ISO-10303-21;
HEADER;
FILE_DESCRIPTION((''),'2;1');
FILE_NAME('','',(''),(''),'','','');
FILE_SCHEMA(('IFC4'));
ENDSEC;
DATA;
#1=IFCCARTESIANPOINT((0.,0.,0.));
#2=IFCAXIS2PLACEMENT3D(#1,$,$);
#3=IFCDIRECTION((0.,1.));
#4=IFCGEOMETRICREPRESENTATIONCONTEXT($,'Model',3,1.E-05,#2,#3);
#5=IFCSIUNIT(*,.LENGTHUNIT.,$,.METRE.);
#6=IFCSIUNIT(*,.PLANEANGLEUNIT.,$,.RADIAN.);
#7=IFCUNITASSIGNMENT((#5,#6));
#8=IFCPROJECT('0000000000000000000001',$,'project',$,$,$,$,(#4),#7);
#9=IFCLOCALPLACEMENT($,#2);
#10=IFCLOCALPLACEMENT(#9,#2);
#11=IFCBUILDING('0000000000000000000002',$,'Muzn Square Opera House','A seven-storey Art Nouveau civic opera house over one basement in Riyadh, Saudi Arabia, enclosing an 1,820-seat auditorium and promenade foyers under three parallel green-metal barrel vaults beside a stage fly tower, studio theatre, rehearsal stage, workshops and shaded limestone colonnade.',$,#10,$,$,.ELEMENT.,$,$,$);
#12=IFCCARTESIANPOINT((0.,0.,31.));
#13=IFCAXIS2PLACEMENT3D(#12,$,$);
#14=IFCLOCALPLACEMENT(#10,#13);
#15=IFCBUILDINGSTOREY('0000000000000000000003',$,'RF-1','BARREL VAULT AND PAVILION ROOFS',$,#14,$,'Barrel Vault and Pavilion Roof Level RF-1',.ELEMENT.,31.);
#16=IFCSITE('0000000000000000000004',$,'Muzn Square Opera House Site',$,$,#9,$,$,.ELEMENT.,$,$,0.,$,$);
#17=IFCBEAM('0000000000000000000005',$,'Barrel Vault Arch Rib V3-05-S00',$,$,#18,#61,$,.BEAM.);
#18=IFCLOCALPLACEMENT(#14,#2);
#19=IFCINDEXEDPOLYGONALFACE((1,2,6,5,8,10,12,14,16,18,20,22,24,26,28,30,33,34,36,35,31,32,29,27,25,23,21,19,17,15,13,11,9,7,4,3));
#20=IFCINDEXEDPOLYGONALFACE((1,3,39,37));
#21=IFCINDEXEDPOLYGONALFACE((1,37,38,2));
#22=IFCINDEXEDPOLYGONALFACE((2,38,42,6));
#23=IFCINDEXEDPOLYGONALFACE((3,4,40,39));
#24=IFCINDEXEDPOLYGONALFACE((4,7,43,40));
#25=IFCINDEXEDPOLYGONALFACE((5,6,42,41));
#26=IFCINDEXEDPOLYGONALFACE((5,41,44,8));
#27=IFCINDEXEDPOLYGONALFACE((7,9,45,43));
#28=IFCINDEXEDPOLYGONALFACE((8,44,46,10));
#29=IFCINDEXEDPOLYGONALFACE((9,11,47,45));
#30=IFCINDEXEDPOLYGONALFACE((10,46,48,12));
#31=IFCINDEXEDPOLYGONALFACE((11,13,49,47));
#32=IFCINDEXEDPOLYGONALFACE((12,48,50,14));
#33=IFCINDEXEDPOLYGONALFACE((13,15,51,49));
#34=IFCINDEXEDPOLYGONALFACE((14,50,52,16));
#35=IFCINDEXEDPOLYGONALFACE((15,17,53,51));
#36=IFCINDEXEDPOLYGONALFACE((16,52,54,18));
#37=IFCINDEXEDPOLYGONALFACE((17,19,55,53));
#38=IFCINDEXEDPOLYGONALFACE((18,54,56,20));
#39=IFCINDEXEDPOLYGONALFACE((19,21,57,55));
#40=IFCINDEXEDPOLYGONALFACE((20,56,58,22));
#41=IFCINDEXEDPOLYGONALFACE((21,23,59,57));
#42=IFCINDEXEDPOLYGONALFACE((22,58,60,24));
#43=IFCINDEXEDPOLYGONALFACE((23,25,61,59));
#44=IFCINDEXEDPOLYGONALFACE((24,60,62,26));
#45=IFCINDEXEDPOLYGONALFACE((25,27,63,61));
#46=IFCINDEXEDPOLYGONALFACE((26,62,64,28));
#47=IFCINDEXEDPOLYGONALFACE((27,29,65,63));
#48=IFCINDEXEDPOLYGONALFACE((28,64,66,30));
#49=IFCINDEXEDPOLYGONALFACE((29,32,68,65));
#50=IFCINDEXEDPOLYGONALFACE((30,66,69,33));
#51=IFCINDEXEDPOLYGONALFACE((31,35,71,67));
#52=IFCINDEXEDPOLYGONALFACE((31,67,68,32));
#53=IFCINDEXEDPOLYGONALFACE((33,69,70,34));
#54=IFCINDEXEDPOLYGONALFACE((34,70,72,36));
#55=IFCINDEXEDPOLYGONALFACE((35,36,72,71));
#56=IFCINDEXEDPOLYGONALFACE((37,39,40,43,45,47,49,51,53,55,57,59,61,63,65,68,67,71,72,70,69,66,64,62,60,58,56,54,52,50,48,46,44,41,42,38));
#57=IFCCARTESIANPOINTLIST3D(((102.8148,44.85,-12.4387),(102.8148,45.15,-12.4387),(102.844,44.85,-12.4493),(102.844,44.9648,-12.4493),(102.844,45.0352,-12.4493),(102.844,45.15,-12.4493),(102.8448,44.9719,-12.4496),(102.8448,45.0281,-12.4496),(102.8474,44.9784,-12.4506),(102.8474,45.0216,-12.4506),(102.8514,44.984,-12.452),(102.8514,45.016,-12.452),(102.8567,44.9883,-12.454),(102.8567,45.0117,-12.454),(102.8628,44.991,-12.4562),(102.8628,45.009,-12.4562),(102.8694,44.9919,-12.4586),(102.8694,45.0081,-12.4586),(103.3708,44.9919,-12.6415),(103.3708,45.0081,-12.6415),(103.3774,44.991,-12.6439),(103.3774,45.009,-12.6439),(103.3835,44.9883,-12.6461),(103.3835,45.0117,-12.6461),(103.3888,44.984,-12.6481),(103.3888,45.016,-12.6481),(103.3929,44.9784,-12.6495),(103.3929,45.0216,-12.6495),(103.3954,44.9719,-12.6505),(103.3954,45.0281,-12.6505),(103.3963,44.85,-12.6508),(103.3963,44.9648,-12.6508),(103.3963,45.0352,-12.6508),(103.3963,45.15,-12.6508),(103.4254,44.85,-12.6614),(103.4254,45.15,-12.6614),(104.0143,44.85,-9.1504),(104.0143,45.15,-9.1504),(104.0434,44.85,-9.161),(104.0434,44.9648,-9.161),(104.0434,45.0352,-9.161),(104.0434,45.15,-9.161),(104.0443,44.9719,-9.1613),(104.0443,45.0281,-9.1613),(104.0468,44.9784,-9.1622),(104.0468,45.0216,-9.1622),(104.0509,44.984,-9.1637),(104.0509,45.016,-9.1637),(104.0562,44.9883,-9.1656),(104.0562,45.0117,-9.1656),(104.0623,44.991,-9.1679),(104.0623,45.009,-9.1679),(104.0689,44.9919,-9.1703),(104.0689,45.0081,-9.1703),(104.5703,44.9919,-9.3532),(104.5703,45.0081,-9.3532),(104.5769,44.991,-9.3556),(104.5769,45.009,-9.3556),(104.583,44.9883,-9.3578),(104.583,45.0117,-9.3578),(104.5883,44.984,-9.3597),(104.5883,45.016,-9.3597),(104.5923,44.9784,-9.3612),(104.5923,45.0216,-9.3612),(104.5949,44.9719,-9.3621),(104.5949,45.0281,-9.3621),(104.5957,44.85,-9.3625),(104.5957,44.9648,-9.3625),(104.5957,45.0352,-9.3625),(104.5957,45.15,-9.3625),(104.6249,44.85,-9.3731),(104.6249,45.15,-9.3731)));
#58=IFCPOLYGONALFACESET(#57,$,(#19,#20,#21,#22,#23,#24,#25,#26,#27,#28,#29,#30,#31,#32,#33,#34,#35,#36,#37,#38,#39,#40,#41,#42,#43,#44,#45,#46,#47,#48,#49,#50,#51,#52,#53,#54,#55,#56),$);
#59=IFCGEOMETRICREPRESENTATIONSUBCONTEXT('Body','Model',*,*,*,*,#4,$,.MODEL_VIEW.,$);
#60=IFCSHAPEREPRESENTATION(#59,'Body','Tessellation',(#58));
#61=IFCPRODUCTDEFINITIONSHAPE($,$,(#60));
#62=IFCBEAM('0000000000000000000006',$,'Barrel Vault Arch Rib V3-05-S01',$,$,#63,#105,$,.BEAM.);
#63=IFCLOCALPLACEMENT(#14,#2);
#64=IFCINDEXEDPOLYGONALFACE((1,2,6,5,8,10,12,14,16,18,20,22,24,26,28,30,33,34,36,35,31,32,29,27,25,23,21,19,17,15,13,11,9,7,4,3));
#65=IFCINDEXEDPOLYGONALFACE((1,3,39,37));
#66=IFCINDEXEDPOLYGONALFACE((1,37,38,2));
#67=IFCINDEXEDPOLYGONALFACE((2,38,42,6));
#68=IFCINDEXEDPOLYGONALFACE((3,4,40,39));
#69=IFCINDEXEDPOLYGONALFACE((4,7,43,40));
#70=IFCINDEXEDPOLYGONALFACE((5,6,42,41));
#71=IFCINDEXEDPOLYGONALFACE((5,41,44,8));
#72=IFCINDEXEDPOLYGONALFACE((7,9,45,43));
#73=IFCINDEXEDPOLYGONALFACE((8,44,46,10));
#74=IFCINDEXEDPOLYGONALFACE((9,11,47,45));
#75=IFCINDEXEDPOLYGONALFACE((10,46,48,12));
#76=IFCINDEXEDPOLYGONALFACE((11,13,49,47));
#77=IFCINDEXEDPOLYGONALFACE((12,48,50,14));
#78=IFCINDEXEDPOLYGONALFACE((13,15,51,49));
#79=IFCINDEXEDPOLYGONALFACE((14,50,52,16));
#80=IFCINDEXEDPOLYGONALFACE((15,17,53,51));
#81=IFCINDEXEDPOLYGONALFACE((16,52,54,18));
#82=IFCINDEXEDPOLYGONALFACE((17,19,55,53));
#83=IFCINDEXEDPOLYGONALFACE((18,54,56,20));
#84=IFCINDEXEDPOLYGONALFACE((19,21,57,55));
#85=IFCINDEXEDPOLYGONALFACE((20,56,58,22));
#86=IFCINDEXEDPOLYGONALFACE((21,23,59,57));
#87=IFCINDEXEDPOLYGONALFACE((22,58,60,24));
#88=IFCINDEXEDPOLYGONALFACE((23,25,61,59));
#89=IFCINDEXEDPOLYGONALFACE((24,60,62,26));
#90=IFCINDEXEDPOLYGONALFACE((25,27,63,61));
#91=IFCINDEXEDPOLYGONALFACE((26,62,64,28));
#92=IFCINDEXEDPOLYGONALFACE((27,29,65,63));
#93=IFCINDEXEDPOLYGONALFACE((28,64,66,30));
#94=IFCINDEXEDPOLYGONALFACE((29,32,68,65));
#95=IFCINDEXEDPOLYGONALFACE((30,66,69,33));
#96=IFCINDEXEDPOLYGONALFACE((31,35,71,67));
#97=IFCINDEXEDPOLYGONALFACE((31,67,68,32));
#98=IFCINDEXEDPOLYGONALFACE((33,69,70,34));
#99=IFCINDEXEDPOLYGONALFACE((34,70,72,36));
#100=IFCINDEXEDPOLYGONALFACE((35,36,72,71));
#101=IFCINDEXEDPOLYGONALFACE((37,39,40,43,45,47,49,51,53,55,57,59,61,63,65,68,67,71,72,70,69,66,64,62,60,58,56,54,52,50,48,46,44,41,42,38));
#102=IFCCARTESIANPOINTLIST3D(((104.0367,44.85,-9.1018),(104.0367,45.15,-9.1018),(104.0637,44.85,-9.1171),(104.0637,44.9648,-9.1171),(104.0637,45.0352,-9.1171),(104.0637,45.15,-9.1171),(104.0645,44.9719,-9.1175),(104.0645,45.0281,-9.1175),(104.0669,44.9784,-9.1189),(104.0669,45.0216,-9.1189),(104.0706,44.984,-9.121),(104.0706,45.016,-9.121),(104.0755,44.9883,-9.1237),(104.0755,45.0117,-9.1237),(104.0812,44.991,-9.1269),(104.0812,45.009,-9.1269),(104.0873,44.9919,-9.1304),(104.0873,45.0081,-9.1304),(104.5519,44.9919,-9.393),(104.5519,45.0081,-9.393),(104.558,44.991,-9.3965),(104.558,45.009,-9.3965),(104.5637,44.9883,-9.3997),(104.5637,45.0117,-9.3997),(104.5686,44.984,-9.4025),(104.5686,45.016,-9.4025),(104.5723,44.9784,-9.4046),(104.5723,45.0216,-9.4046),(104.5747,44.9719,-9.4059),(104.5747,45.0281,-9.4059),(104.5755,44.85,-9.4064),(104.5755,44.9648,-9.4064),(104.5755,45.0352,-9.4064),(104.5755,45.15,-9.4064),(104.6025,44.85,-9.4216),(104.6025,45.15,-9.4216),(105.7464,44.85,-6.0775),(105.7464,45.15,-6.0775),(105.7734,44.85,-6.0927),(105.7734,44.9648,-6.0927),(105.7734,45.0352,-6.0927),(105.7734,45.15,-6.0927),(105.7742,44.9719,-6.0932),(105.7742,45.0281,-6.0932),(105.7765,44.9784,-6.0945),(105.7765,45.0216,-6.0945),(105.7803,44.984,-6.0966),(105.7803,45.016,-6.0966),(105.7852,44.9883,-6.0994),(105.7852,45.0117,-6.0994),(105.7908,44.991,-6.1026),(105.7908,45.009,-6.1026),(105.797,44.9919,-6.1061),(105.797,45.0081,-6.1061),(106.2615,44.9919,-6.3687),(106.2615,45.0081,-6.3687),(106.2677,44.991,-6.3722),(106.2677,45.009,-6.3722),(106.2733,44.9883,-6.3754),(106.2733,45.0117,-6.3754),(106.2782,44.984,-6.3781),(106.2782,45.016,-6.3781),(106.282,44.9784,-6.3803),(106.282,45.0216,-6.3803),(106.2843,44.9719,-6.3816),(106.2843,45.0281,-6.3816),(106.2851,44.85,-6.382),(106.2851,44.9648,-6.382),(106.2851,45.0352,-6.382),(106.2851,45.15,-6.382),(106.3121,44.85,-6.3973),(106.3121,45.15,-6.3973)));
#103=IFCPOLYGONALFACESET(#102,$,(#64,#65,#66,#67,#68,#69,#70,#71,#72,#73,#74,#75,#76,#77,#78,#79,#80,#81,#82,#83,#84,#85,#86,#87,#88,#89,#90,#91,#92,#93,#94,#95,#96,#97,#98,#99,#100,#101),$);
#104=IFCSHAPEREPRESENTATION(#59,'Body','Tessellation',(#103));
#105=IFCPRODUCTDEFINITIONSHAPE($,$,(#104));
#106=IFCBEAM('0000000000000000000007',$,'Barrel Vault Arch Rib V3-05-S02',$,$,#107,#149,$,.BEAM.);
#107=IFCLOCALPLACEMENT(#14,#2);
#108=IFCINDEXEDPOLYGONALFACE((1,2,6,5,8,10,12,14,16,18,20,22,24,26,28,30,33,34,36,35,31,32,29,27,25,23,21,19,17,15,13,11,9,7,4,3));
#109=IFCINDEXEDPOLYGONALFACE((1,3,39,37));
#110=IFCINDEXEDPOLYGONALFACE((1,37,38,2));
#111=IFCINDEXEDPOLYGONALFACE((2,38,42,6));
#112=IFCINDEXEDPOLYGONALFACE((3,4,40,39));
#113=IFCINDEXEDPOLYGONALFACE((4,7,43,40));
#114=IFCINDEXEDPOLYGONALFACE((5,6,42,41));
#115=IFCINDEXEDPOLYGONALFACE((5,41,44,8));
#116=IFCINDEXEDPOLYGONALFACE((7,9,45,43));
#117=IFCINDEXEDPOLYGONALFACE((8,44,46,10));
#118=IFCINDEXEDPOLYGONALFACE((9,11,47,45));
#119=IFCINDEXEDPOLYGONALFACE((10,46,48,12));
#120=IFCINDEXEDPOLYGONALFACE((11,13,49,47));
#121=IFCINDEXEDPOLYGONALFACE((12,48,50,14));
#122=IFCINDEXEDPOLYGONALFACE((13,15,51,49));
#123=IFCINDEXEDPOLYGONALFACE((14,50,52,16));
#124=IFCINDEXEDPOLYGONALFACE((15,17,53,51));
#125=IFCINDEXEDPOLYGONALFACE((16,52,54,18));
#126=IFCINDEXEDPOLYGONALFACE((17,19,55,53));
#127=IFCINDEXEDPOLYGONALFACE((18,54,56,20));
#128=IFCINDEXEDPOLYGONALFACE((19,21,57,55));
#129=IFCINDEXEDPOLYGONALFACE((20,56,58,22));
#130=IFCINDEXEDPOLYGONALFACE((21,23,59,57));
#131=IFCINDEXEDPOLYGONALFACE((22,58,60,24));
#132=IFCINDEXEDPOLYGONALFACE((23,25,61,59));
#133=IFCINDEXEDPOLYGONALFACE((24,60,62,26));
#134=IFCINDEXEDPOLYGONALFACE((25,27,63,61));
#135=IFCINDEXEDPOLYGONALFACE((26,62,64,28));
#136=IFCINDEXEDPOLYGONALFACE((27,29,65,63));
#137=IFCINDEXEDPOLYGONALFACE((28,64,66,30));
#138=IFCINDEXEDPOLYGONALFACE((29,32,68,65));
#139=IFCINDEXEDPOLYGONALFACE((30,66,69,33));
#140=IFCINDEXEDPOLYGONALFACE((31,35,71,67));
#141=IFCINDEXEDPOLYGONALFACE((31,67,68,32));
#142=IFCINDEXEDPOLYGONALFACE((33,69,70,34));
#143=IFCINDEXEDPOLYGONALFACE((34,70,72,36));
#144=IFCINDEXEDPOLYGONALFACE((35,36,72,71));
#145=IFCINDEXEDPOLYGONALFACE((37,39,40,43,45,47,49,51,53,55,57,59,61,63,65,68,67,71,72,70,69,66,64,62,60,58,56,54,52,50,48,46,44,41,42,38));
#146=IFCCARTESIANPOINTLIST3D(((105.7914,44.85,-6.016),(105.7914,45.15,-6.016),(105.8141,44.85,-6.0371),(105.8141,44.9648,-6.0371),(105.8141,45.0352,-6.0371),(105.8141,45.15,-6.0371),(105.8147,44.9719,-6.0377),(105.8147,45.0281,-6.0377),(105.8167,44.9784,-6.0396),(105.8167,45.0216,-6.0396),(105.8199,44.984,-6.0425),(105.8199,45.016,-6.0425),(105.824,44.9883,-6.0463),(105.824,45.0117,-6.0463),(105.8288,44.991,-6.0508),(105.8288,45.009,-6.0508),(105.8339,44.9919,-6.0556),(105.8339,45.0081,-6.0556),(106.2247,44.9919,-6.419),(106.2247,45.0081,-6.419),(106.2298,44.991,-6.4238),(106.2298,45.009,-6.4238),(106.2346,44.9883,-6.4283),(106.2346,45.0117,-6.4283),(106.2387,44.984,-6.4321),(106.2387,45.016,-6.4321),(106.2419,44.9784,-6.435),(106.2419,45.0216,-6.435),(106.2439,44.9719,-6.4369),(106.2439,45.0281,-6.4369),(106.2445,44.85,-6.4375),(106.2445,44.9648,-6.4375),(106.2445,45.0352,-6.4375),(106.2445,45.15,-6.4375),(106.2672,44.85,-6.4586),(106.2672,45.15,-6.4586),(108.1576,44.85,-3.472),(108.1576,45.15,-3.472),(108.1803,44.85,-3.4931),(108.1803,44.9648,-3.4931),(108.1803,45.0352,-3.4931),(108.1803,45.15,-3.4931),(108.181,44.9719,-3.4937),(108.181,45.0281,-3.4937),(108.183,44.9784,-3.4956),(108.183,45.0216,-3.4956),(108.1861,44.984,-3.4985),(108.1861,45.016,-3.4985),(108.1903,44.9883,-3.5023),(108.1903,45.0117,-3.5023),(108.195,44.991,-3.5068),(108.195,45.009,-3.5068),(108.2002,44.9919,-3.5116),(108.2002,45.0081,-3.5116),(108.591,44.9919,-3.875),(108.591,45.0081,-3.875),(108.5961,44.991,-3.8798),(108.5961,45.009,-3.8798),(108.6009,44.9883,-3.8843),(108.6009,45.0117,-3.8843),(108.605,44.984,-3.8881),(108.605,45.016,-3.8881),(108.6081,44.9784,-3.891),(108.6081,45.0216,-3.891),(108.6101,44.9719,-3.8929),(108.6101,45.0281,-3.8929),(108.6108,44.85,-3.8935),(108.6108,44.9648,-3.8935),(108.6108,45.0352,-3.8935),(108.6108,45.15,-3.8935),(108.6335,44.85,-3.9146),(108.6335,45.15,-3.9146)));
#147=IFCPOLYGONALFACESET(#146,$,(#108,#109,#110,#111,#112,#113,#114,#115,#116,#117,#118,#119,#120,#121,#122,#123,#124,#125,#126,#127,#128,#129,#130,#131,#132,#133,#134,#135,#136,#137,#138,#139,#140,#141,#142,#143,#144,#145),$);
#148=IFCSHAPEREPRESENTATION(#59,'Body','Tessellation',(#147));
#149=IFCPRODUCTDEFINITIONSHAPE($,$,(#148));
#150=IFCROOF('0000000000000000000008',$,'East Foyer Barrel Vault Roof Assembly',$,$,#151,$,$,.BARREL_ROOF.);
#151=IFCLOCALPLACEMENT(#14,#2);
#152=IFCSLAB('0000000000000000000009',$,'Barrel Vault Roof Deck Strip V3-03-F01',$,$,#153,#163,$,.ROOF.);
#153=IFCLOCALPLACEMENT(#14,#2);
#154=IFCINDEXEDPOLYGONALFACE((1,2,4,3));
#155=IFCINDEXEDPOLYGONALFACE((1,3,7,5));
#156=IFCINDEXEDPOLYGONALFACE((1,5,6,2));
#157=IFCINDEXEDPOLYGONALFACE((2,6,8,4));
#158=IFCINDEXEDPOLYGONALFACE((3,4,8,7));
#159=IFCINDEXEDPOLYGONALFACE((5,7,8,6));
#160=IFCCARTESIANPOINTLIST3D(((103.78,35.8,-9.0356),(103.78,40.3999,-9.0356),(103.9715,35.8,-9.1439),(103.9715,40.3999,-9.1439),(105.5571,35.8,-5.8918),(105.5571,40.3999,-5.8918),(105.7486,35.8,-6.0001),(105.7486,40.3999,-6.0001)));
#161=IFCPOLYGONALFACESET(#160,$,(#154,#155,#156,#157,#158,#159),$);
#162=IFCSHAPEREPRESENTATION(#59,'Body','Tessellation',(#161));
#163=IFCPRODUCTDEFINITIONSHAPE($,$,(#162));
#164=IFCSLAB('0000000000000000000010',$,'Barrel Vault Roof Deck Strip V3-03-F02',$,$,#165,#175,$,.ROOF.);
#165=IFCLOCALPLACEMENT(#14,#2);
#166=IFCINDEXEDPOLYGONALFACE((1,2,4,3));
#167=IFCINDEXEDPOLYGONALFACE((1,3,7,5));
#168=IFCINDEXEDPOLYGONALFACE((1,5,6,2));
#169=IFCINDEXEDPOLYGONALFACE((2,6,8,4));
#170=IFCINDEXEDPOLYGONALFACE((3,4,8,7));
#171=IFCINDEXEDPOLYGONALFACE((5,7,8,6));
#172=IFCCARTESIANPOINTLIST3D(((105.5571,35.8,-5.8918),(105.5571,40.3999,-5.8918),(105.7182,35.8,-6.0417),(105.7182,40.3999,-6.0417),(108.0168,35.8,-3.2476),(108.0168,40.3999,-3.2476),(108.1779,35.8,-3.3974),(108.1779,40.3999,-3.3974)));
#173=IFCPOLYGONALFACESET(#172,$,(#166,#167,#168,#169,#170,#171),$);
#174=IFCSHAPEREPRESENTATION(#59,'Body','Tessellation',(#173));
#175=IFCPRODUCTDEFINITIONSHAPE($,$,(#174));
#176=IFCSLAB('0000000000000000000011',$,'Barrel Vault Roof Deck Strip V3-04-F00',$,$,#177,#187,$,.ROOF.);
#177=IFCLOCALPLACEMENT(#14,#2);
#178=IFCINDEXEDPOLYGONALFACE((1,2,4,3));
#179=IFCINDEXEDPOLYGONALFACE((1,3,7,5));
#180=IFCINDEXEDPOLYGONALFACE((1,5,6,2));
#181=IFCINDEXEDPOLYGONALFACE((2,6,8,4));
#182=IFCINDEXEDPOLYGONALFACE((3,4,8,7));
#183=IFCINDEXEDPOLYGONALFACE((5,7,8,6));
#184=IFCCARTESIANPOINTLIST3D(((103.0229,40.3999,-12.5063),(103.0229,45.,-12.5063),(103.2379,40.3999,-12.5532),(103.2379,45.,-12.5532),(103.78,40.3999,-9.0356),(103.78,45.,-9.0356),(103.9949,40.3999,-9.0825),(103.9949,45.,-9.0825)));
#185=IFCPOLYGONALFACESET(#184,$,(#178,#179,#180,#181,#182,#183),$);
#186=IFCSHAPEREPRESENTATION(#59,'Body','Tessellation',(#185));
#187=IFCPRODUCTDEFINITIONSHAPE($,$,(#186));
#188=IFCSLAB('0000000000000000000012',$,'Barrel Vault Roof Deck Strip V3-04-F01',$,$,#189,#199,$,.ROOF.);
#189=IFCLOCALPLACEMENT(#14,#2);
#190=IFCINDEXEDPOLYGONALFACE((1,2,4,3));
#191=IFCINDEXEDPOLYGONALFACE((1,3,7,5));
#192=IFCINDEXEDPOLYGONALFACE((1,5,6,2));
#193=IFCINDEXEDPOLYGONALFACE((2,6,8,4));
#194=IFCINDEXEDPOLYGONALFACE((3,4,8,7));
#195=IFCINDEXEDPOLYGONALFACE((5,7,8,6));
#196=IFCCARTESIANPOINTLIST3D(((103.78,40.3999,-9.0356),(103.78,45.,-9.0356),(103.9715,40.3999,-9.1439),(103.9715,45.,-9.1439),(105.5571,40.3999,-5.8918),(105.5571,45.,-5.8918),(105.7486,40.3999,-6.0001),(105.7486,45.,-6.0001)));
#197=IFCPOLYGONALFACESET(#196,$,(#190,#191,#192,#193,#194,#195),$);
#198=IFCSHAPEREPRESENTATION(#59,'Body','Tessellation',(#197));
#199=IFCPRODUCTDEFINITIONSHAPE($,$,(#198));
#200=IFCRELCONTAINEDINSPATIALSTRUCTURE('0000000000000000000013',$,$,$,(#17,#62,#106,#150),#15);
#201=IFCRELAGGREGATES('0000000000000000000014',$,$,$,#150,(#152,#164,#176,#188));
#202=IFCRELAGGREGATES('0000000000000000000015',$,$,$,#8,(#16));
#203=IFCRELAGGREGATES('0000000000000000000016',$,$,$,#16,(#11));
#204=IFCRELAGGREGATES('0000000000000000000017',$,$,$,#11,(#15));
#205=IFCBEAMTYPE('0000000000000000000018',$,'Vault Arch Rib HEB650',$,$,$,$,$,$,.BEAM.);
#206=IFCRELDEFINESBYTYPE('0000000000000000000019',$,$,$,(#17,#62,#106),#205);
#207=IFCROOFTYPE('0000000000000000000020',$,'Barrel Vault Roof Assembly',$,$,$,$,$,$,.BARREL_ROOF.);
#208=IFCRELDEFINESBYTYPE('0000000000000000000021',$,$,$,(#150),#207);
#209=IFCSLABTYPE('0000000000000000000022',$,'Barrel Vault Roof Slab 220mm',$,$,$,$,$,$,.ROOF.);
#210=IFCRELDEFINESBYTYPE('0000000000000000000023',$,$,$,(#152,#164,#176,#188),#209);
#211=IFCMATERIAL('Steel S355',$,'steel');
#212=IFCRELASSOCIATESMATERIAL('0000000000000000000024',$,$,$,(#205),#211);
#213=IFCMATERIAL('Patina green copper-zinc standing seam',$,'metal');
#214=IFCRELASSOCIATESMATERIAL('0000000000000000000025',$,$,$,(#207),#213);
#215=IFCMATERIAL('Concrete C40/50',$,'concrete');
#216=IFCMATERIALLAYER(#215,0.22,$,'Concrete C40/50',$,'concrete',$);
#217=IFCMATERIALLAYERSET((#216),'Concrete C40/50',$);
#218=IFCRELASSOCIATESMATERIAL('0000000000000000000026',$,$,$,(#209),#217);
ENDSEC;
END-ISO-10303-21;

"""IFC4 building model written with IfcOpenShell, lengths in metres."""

from ifc_helpers import new_model, si_unit, direction, frame, origin, origin_2d, place, context, subcontext, project, spatial, polyline, i_section, outline, extrude, material, layer, layer_set, material_profile, profile_set, type_object, element, aggregate, save


model = new_model("IFC4")

# Units and contexts
model_context = context("Model", 3, precision=1e-05, world=origin(), true_north=direction((0.0, 1.0)))
body_context = subcontext(model_context, "Body", "Model", "MODEL_VIEW")
ifc_project = project(units=[si_unit("LENGTHUNIT", "METRE"), si_unit("PLANEANGLEUNIT", "RADIAN")], contexts=[model_context])

# Site, building, storey
site_placement = place(None, origin())
site = spatial("IfcSite", under=ifc_project, at=site_placement, Name="Muzn Square Opera House Site", CompositionType="ELEMENT", RefElevation=0.0)
building_placement = place(site_placement, origin())
building = spatial("IfcBuilding", under=site, at=building_placement, Name="Muzn Square Opera House", Description="A seven-storey Art Nouveau civic opera house over one basement in Riyadh, Saudi Arabia, enclosing an 1,820-seat auditorium and promenade foyers under three parallel green-metal barrel vaults beside a stage fly tower, studio theatre, rehearsal stage, workshops and shaded limestone colonnade.", CompositionType="ELEMENT")
storey_placement = place(building_placement, frame((0.0, 0.0, 31.0)))
storey = spatial("IfcBuildingStorey", under=building, at=storey_placement, Name="RF-1", Description="BARREL VAULT AND PAVILION ROOFS", LongName="Barrel Vault and Pavilion Roof Level RF-1", CompositionType="ELEMENT", Elevation=31.0)

# Beams
ifc_material_1 = material(Name="Steel S355", Category="steel")
ifc_material_profile_1 = material_profile(ifc_material_1, i_section(OverallWidth=0.3, OverallDepth=0.6499, WebThickness=0.0161, FlangeThickness=0.031, FilletRadius=0.0271, at=origin_2d()), Name="HEB 650", Category="steel")
ifc_profile_set_1 = profile_set([ifc_material_profile_1], Name="Steel S355")
beam_type_1 = type_object("IfcBeamType", Name="Vault Arch Rib HEB650", PredefinedType="BEAM", material=ifc_profile_set_1)
beam_1_placement = place(storey_placement, frame((103.1201, 45.0, -12.55), z_axis=(0.342678, 0.0, 0.939453), x_axis=(0.0, 1.0, 0.0)))
element("IfcBeam", 1, at=beam_1_placement, inside=storey, type_object=beam_type_1, Name="Barrel Vault Arch Rib V3-05-S00", PredefinedType="BEAM", context=body_context, shape_type="SweptSolid", body=[
    extrude(i_section(OverallWidth=0.3, OverallDepth=0.6499, WebThickness=0.0161, FlangeThickness=0.031, FilletRadius=0.0271, at=origin_2d()), origin(), (0.0, 0.0, 1.0), 3.5002),
])
beam_2_placement = place(storey_placement, frame((104.3196, 45.0, -9.2617), z_axis=(0.492115, 0.0, 0.87053), x_axis=(0.0, 1.0, 0.0)))
element("IfcBeam", 2, at=beam_2_placement, inside=storey, type_object=beam_type_1, Name="Barrel Vault Arch Rib V3-05-S01", PredefinedType="BEAM", context=body_context, shape_type="SweptSolid", body=[
    extrude(i_section(OverallWidth=0.3, OverallDepth=0.6499, WebThickness=0.0161, FlangeThickness=0.031, FilletRadius=0.0271, at=origin_2d()), origin(), (0.0, 0.0, 1.0), 3.4741),
])
beam_3_placement = place(storey_placement, frame((106.0293, 45.0, -6.2373), z_axis=(0.681065, 0.0, 0.732223), x_axis=(0.0, 1.0, 0.0)))
element("IfcBeam", 3, at=beam_3_placement, inside=storey, type_object=beam_type_1, Name="Barrel Vault Arch Rib V3-05-S02", PredefinedType="BEAM", context=body_context, shape_type="SweptSolid", body=[
    extrude(i_section(OverallWidth=0.3, OverallDepth=0.6499, WebThickness=0.0161, FlangeThickness=0.031, FilletRadius=0.0271, at=origin_2d()), origin(), (0.0, 0.0, 1.0), 3.4744),
])

# Roof, slabs
ifc_material_2 = material(Name="Patina green copper-zinc standing seam", Category="metal")
roof_type = type_object("IfcRoofType", Name="Barrel Vault Roof Assembly", PredefinedType="BARREL_ROOF", material=ifc_material_2)
roof_placement = place(storey_placement, origin())
roof = element("IfcRoof", 4, at=roof_placement, inside=storey, type_object=roof_type, Name="East Foyer Barrel Vault Roof Assembly", PredefinedType="BARREL_ROOF")
ifc_material_3 = material(Name="Concrete C40/50", Category="concrete")
ifc_layer_1 = layer(ifc_material_3, 0.22, Name="Concrete C40/50", Category="concrete")
ifc_layer_set_1 = layer_set([ifc_layer_1], Name="Concrete C40/50")
slab_type = type_object("IfcSlabType", Name="Barrel Vault Roof Slab 220mm", PredefinedType="ROOF", material=ifc_layer_set_1)
slab_1_placement = place(storey_placement, frame((105.5571, 35.8, -5.8918), z_axis=(-0.870543, 0.0, 0.492093), x_axis=(0.0, 1.0, 0.0)))
slab_1 = element("IfcSlab", 5, at=slab_1_placement, type_object=slab_type, Name="Barrel Vault Roof Deck Strip V3-03-F01", PredefinedType="ROOF", context=body_context, shape_type="SweptSolid", body=[
    extrude(outline(polyline([(0.0, 3.6113), (0.0, 0.0), (4.5999, 0.0), (4.5999, 3.6113), (0.0, 3.6113)])), origin(), (0.0, 0.0, -1.0), 0.22),
])
slab_2_placement = place(storey_placement, frame((108.0168, 35.8, -3.2476), z_axis=(-0.732198, 0.0, 0.681091), x_axis=(0.0, 1.0, 0.0)))
slab_2 = element("IfcSlab", 6, at=slab_2_placement, type_object=slab_type, Name="Barrel Vault Roof Deck Strip V3-03-F02", PredefinedType="ROOF", context=body_context, shape_type="SweptSolid", body=[
    extrude(outline(polyline([(0.0, 3.6114), (0.0, 0.0), (4.5999, 0.0), (4.5999, 3.6114), (0.0, 3.6114)])), origin(), (0.0, 0.0, -1.0), 0.22),
])
slab_3_placement = place(storey_placement, frame((103.78, 40.3999, -9.0356), z_axis=(-0.977025, 0.0, 0.213123), x_axis=(0.0, 1.0, 0.0)))
slab_3 = element("IfcSlab", 7, at=slab_3_placement, type_object=slab_type, Name="Barrel Vault Roof Deck Strip V3-04-F00", PredefinedType="ROOF", context=body_context, shape_type="SweptSolid", body=[
    extrude(outline(polyline([(0.0, 3.5523), (0.0, 0.0), (4.6001, 0.0), (4.6001, 3.5523), (0.0, 3.5523)])), origin(), (0.0, 0.0, -1.0), 0.22),
])
slab_4_placement = place(storey_placement, frame((105.5571, 40.3999, -5.8918), z_axis=(-0.870543, 0.0, 0.492093), x_axis=(0.0, 1.0, 0.0)))
slab_4 = element("IfcSlab", 8, at=slab_4_placement, type_object=slab_type, Name="Barrel Vault Roof Deck Strip V3-04-F01", PredefinedType="ROOF", context=body_context, shape_type="SweptSolid", body=[
    extrude(outline(polyline([(0.0, 3.6113), (0.0, 0.0), (4.6001, 0.0), (4.6001, 3.6113), (0.0, 3.6113)])), origin(), (0.0, 0.0, -1.0), 0.22),
])
aggregate(roof, [slab_1, slab_2, slab_3, slab_4])

save(model, "model.ifc")
